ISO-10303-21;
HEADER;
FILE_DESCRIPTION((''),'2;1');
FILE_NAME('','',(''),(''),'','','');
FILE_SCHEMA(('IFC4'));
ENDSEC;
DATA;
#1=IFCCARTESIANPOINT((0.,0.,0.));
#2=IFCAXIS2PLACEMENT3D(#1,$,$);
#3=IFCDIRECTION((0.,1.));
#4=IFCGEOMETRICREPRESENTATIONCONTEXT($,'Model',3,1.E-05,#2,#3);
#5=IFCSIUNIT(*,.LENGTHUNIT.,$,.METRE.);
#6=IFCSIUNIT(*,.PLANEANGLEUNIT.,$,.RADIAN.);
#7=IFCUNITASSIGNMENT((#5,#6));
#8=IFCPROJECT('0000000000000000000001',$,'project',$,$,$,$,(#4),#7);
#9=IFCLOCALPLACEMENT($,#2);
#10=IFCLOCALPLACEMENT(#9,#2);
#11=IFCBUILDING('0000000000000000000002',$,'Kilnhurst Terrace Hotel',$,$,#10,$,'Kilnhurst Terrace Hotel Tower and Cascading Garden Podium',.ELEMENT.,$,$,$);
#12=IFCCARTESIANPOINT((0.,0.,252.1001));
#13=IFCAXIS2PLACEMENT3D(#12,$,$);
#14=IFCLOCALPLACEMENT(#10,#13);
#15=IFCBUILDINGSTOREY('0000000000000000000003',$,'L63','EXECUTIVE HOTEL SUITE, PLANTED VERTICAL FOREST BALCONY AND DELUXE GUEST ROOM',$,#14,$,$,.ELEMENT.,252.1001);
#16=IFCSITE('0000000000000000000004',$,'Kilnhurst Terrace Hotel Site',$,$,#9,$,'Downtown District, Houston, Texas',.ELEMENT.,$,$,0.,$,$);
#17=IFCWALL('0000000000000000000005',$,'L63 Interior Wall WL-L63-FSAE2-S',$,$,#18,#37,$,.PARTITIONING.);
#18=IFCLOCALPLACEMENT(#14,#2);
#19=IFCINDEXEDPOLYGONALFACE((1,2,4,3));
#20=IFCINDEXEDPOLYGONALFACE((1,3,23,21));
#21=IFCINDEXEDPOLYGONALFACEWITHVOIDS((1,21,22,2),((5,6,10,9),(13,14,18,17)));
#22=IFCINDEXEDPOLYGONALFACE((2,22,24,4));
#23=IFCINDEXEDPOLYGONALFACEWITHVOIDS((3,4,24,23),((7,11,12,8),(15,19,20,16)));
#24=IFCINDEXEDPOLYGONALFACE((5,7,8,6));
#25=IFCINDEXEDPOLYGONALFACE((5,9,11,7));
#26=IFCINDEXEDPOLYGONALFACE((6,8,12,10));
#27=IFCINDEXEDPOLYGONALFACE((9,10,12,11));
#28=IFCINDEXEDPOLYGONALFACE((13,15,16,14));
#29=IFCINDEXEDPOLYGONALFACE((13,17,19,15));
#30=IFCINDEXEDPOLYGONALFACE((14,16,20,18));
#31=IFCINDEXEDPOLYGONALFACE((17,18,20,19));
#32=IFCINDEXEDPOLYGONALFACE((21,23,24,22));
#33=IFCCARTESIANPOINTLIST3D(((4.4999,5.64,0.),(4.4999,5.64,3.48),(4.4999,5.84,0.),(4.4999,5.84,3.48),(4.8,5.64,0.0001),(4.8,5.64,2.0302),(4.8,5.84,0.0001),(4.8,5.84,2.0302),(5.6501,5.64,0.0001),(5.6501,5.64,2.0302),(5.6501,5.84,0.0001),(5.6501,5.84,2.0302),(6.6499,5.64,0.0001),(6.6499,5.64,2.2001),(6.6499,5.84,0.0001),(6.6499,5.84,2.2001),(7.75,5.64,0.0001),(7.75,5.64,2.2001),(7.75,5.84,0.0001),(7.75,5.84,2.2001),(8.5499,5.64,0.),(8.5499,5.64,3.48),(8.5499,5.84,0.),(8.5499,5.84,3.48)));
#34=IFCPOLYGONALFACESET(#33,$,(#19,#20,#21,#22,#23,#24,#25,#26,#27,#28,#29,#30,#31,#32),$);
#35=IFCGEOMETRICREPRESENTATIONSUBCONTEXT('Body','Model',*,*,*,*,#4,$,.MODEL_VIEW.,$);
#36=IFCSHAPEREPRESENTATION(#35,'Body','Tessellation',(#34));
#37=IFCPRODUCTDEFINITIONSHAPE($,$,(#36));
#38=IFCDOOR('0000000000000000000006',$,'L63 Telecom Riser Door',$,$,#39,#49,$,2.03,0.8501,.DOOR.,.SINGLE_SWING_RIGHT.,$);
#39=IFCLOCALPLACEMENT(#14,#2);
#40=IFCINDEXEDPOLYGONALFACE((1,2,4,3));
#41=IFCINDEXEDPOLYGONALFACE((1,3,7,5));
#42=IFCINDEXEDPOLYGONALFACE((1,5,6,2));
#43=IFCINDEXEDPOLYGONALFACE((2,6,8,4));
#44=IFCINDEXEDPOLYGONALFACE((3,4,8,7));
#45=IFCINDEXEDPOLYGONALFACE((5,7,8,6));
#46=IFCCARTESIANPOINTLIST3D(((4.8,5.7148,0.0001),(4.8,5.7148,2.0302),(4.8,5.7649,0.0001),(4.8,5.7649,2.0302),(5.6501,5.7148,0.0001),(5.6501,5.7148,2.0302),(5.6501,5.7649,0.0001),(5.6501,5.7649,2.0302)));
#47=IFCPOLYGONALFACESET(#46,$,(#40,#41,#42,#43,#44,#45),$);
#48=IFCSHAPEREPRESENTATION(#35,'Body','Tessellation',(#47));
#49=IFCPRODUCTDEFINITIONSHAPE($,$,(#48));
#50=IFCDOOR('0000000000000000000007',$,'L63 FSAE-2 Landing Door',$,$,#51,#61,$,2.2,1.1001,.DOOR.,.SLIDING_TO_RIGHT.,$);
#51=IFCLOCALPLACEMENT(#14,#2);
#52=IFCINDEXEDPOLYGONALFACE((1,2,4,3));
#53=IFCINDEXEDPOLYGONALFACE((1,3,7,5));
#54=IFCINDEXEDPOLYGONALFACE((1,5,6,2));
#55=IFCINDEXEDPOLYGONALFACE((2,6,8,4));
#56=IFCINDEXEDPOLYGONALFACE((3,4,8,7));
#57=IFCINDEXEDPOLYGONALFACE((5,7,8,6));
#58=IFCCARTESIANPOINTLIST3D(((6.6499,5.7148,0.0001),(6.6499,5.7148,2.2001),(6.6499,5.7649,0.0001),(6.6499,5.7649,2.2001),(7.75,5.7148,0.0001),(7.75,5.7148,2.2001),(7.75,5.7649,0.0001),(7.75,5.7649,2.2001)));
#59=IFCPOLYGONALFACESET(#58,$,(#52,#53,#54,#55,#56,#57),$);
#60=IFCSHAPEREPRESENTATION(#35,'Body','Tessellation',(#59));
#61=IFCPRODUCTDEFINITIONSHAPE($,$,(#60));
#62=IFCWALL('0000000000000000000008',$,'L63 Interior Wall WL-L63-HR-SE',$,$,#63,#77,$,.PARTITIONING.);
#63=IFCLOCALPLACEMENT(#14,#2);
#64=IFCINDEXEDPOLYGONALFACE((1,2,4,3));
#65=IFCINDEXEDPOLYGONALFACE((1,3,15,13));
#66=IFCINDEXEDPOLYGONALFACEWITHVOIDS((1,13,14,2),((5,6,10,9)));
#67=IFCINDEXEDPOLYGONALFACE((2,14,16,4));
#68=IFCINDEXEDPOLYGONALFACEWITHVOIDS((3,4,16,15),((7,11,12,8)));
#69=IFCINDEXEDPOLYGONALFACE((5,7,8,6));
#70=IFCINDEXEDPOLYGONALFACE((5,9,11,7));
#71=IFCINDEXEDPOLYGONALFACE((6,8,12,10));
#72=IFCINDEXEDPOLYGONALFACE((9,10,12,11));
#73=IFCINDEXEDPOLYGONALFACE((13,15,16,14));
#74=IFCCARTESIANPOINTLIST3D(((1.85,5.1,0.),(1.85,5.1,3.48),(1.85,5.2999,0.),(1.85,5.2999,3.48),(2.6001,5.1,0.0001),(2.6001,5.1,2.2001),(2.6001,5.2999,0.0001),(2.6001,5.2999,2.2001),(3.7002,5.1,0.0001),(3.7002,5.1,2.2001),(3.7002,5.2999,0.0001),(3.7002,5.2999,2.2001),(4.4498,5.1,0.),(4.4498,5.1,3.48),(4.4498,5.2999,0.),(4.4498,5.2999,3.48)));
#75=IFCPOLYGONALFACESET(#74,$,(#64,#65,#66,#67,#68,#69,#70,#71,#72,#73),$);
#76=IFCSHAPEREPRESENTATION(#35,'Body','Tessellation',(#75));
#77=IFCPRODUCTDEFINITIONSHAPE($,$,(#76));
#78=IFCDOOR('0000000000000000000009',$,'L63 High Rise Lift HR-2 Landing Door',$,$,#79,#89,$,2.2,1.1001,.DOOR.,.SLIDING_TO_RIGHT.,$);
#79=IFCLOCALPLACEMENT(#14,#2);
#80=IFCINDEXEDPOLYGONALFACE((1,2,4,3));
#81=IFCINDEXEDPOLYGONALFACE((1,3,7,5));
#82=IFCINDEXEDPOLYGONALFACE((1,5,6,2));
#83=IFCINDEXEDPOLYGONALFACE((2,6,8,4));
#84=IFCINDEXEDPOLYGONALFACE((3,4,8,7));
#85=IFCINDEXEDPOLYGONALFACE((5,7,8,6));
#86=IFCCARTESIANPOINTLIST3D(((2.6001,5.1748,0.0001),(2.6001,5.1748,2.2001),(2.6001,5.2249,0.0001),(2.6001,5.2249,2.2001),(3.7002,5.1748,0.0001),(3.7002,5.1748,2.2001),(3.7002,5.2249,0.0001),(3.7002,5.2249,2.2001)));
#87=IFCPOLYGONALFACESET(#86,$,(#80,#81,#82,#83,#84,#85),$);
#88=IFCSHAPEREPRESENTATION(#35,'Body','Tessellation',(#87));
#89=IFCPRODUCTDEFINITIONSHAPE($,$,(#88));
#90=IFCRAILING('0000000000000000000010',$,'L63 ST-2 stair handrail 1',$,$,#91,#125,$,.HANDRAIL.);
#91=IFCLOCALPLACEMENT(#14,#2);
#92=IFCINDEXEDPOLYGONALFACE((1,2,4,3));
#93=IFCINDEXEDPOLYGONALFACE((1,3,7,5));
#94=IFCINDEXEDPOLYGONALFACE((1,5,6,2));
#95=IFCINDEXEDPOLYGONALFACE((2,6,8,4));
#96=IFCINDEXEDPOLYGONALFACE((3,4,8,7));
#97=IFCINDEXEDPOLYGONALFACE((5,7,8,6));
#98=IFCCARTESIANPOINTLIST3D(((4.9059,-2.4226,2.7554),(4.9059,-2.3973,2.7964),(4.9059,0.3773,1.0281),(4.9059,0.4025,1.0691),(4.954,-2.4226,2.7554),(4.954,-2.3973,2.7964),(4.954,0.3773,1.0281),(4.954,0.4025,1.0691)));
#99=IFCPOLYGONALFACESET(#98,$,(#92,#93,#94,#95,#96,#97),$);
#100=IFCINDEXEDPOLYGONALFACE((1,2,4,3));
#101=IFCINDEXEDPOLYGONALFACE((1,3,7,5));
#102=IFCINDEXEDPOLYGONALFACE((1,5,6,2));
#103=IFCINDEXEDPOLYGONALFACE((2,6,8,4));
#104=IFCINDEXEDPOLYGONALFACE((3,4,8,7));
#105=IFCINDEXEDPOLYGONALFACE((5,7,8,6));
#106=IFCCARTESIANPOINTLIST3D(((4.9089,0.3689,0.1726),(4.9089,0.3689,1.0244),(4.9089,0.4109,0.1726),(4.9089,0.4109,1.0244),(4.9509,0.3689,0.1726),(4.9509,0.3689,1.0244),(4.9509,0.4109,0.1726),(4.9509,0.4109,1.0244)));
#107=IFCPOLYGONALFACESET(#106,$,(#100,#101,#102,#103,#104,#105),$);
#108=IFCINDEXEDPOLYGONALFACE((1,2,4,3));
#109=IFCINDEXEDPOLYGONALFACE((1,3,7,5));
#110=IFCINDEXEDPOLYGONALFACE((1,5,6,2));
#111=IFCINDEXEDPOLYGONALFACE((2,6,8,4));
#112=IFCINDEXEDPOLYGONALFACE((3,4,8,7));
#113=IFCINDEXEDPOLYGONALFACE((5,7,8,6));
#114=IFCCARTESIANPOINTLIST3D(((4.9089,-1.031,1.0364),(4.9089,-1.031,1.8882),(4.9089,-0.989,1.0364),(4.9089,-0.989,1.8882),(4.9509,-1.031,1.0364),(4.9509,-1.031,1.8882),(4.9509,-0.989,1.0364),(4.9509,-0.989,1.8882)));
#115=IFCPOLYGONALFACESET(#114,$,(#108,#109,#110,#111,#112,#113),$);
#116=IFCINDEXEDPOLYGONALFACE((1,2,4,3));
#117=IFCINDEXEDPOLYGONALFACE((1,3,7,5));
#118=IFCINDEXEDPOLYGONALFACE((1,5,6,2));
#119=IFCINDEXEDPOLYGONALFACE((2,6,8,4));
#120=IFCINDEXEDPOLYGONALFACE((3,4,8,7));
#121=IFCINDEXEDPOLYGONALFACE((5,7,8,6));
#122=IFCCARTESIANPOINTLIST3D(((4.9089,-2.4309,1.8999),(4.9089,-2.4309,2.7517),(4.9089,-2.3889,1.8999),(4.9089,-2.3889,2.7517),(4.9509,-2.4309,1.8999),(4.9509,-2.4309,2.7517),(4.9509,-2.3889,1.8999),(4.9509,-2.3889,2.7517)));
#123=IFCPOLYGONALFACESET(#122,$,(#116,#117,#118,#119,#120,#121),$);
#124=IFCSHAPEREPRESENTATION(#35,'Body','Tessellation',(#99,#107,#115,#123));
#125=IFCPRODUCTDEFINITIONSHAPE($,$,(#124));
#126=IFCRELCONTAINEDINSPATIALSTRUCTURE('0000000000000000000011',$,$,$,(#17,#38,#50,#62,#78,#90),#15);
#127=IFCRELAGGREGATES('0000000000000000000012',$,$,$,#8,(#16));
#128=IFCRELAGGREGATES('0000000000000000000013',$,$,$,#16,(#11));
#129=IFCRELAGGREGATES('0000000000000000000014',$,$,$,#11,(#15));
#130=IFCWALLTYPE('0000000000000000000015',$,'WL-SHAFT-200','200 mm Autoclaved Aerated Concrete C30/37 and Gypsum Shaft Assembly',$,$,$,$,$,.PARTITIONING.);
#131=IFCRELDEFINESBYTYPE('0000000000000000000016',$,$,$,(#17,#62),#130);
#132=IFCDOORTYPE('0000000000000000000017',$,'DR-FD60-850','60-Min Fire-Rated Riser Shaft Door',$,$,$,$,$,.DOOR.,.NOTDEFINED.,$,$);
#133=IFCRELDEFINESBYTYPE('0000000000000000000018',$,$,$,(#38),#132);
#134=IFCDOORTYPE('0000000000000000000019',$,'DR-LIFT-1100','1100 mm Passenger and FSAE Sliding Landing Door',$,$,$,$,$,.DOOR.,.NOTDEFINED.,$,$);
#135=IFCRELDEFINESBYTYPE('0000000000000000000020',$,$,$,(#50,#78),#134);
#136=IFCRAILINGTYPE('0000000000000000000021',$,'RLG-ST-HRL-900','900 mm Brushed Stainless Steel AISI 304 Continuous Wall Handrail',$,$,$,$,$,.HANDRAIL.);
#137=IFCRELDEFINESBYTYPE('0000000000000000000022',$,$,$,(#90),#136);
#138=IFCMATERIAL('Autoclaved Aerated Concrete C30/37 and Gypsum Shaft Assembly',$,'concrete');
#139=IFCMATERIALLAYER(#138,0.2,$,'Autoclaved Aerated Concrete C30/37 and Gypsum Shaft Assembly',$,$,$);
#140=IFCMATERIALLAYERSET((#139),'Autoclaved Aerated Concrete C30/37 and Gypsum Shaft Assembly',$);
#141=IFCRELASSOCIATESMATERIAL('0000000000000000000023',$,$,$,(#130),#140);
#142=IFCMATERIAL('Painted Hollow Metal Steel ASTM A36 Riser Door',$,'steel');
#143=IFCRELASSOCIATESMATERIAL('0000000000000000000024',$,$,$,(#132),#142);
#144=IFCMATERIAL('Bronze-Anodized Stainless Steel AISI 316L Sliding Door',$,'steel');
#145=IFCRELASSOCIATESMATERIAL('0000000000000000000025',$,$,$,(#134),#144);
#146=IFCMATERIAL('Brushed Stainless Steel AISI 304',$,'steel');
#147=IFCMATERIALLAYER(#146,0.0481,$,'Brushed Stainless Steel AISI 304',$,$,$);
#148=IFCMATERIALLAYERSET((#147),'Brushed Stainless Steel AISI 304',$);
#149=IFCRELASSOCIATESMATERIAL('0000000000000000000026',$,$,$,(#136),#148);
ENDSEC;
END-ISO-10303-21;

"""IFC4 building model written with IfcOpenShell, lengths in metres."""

from ifc_helpers import new_model, si_unit, direction, frame, frame_2d, origin, origin_2d, place, context, subcontext, project, spatial, rectangle, extrude, material, layer, layer_set, type_object, element, fill, save


model = new_model("IFC4")

# Units and contexts
model_context = context("Model", 3, precision=1e-05, world=origin(), true_north=direction((0.0, 1.0)))
body_context = subcontext(model_context, "Body", "Model", "MODEL_VIEW")
ifc_project = project(units=[si_unit("LENGTHUNIT", "METRE"), si_unit("PLANEANGLEUNIT", "RADIAN")], contexts=[model_context])

# Site, building, storey
site_placement = place(None, origin())
site = spatial("IfcSite", under=ifc_project, at=site_placement, Name="Kilnhurst Terrace Hotel Site", LongName="Downtown District, Houston, Texas", CompositionType="ELEMENT", RefElevation=0.0)
building_placement = place(site_placement, origin())
building = spatial("IfcBuilding", under=site, at=building_placement, Name="Kilnhurst Terrace Hotel", LongName="Kilnhurst Terrace Hotel Tower and Cascading Garden Podium", CompositionType="ELEMENT")
storey_placement = place(building_placement, frame((0.0, 0.0, 252.1001)))
storey = spatial("IfcBuildingStorey", under=building, at=storey_placement, Name="L63", Description="EXECUTIVE HOTEL SUITE, PLANTED VERTICAL FOREST BALCONY AND DELUXE GUEST ROOM", CompositionType="ELEMENT", Elevation=252.1001)

# Wall, openings, doors
ifc_material_1 = material(Name="Autoclaved Aerated Concrete C30/37 and Gypsum Shaft Assembly", Category="concrete")
ifc_layer_1 = layer(ifc_material_1, 0.2, Name="Autoclaved Aerated Concrete C30/37 and Gypsum Shaft Assembly")
ifc_layer_set_1 = layer_set([ifc_layer_1], Name="Autoclaved Aerated Concrete C30/37 and Gypsum Shaft Assembly")
wall_type_1 = type_object("IfcWallType", Name="WL-SHAFT-200", Description="200 mm Autoclaved Aerated Concrete C30/37 and Gypsum Shaft Assembly", PredefinedType="PARTITIONING", material=ifc_layer_set_1)
wall_1_placement = place(storey_placement, frame((4.5, 5.74, 0.0), z_axis=(0.0, 0.0, 1.0), x_axis=(1.0, 0.0, 0.0)))
wall_1 = element("IfcWall", 1, at=wall_1_placement, inside=storey, type_object=wall_type_1, Name="L63 Interior Wall WL-L63-FSAE2-S", PredefinedType="PARTITIONING", context=body_context, shape_type="SweptSolid", body=[
    extrude(rectangle(XDim=4.05, YDim=0.2, at=frame_2d((2.0249, 0.0))), origin(), (0.0, 0.0, 1.0), 3.48),
])
opening_1_placement = place(wall_1_placement, frame((0.3, 0.0, 0.0)))
opening_1 = element("IfcOpeningElement", 2, at=opening_1_placement, cuts=wall_1, PredefinedType="OPENING", context=body_context, shape_type="SweptSolid", body=[
    extrude(rectangle(XDim=0.8501, YDim=2.03, at=frame_2d((0.425, 1.0151))), frame((0.0, 0.1099, 0.0), z_axis=(0.0, -1.0, 0.0), x_axis=(1.0, 0.0, 0.0)), (0.0, 0.0, 1.0), 0.22),
])
opening_2_placement = place(wall_1_placement, frame((2.1499, 0.0, 0.0)))
opening_2 = element("IfcOpeningElement", 3, at=opening_2_placement, cuts=wall_1, PredefinedType="OPENING", context=body_context, shape_type="SweptSolid", body=[
    extrude(rectangle(XDim=1.1001, YDim=2.2, at=frame_2d((0.55, 1.1001))), frame((0.0, 0.1099, 0.0), z_axis=(0.0, -1.0, 0.0), x_axis=(1.0, 0.0, 0.0)), (0.0, 0.0, 1.0), 0.22),
])
ifc_material_2 = material(Name="Painted Hollow Metal Steel ASTM A36 Riser Door", Category="steel")
door_type_1 = type_object("IfcDoorType", Name="DR-FD60-850", Description="60-Min Fire-Rated Riser Shaft Door", OperationType="NOTDEFINED", PredefinedType="DOOR", material=ifc_material_2)
door_1_placement = place(opening_1_placement, origin())
door_1 = element("IfcDoor", 4, at=door_1_placement, inside=storey, type_object=door_type_1, Name="L63 Telecom Riser Door", OperationType="SINGLE_SWING_RIGHT", OverallHeight=2.03, OverallWidth=0.8501, PredefinedType="DOOR", context=body_context, shape_type="SweptSolid", body=[
    extrude(rectangle(XDim=0.8501, YDim=2.03, at=frame_2d((0.425, 1.0151))), frame((0.0, 0.0249, 0.0), z_axis=(0.0, -1.0, 0.0), x_axis=(1.0, 0.0, 0.0)), (0.0, 0.0, 1.0), 0.05),
])
fill(opening_1, door_1)
ifc_material_3 = material(Name="Bronze-Anodized Stainless Steel AISI 316L Sliding Door", Category="steel")
door_type_2 = type_object("IfcDoorType", Name="DR-LIFT-1100", Description="1100 mm Passenger and FSAE Sliding Landing Door", OperationType="NOTDEFINED", PredefinedType="DOOR", material=ifc_material_3)
door_2_placement = place(opening_2_placement, origin())
door_2 = element("IfcDoor", 5, at=door_2_placement, inside=storey, type_object=door_type_2, Name="L63 FSAE-2 Landing Door", OperationType="SLIDING_TO_RIGHT", OverallHeight=2.2, OverallWidth=1.1001, PredefinedType="DOOR", context=body_context, shape_type="SweptSolid", body=[
    extrude(rectangle(XDim=1.1001, YDim=2.2, at=frame_2d((0.55, 1.1001))), frame((0.0, 0.0249, 0.0), z_axis=(0.0, -1.0, 0.0), x_axis=(1.0, 0.0, 0.0)), (0.0, 0.0, 1.0), 0.05),
])
fill(opening_2, door_2)

# Wall, opening, door
wall_2_placement = place(storey_placement, frame((1.8501, 5.2, 0.0), z_axis=(0.0, 0.0, 1.0), x_axis=(1.0, 0.0, 0.0)))
wall_2 = element("IfcWall", 6, at=wall_2_placement, inside=storey, type_object=wall_type_1, Name="L63 Interior Wall WL-L63-HR-SE", PredefinedType="PARTITIONING", context=body_context, shape_type="SweptSolid", body=[
    extrude(rectangle(XDim=2.5999, YDim=0.2, at=frame_2d((1.2998, 0.0))), origin(), (0.0, 0.0, 1.0), 3.48),
])
opening_3_placement = place(wall_2_placement, frame((0.75, 0.0, 0.0)))
opening_3 = element("IfcOpeningElement", 7, at=opening_3_placement, cuts=wall_2, PredefinedType="OPENING", context=body_context, shape_type="SweptSolid", body=[
    extrude(rectangle(XDim=1.1001, YDim=2.2, at=frame_2d((0.55, 1.1001))), frame((0.0, 0.1099, 0.0), z_axis=(0.0, -1.0, 0.0), x_axis=(1.0, 0.0, 0.0)), (0.0, 0.0, 1.0), 0.22),
])
door_3_placement = place(opening_3_placement, origin())
door_3 = element("IfcDoor", 8, at=door_3_placement, inside=storey, type_object=door_type_2, Name="L63 High Rise Lift HR-2 Landing Door", OperationType="SLIDING_TO_RIGHT", OverallHeight=2.2, OverallWidth=1.1001, PredefinedType="DOOR", context=body_context, shape_type="SweptSolid", body=[
    extrude(rectangle(XDim=1.1001, YDim=2.2, at=frame_2d((0.55, 1.1001))), frame((0.0, 0.0249, 0.0), z_axis=(0.0, -1.0, 0.0), x_axis=(1.0, 0.0, 0.0)), (0.0, 0.0, 1.0), 0.05),
])
fill(opening_3, door_3)

# Railing
ifc_material_4 = material(Name="Brushed Stainless Steel AISI 304", Category="steel")
ifc_layer_2 = layer(ifc_material_4, 0.0481, Name="Brushed Stainless Steel AISI 304")
ifc_layer_set_2 = layer_set([ifc_layer_2], Name="Brushed Stainless Steel AISI 304")
railing_type = type_object("IfcRailingType", Name="RLG-ST-HRL-900", Description="900 mm Brushed Stainless Steel AISI 304 Continuous Wall Handrail", PredefinedType="HANDRAIL", material=ifc_layer_set_2)
railing_placement = place(storey_placement, frame((4.9299, 0.3899, 0.1726)))
element("IfcRailing", 9, at=railing_placement, inside=storey, type_object=railing_type, Name="L63 ST-2 stair handrail 1", PredefinedType="HANDRAIL", context=body_context, shape_type="SweptSolid", body=[
    extrude(rectangle(XDim=0.0481, YDim=0.0481, at=origin_2d()), frame((0.0, 0.0, 0.876), z_axis=(0.0, -0.851069, 0.525054), x_axis=(1.0, 0.0, 0.0)), (0.0, 0.0, 1.0), 3.2898),
    extrude(rectangle(XDim=0.042, YDim=0.042, at=origin_2d()), origin(), (0.0, 0.0, 1.0), 0.8518),
    extrude(rectangle(XDim=0.042, YDim=0.042, at=origin_2d()), frame((0.0, -1.3999, 0.8638)), (0.0, 0.0, 1.0), 0.8518),
    extrude(rectangle(XDim=0.042, YDim=0.042, at=origin_2d()), frame((0.0, -2.7998, 1.7273)), (0.0, 0.0, 1.0), 0.8518),
])

save(model, "model.ifc")
